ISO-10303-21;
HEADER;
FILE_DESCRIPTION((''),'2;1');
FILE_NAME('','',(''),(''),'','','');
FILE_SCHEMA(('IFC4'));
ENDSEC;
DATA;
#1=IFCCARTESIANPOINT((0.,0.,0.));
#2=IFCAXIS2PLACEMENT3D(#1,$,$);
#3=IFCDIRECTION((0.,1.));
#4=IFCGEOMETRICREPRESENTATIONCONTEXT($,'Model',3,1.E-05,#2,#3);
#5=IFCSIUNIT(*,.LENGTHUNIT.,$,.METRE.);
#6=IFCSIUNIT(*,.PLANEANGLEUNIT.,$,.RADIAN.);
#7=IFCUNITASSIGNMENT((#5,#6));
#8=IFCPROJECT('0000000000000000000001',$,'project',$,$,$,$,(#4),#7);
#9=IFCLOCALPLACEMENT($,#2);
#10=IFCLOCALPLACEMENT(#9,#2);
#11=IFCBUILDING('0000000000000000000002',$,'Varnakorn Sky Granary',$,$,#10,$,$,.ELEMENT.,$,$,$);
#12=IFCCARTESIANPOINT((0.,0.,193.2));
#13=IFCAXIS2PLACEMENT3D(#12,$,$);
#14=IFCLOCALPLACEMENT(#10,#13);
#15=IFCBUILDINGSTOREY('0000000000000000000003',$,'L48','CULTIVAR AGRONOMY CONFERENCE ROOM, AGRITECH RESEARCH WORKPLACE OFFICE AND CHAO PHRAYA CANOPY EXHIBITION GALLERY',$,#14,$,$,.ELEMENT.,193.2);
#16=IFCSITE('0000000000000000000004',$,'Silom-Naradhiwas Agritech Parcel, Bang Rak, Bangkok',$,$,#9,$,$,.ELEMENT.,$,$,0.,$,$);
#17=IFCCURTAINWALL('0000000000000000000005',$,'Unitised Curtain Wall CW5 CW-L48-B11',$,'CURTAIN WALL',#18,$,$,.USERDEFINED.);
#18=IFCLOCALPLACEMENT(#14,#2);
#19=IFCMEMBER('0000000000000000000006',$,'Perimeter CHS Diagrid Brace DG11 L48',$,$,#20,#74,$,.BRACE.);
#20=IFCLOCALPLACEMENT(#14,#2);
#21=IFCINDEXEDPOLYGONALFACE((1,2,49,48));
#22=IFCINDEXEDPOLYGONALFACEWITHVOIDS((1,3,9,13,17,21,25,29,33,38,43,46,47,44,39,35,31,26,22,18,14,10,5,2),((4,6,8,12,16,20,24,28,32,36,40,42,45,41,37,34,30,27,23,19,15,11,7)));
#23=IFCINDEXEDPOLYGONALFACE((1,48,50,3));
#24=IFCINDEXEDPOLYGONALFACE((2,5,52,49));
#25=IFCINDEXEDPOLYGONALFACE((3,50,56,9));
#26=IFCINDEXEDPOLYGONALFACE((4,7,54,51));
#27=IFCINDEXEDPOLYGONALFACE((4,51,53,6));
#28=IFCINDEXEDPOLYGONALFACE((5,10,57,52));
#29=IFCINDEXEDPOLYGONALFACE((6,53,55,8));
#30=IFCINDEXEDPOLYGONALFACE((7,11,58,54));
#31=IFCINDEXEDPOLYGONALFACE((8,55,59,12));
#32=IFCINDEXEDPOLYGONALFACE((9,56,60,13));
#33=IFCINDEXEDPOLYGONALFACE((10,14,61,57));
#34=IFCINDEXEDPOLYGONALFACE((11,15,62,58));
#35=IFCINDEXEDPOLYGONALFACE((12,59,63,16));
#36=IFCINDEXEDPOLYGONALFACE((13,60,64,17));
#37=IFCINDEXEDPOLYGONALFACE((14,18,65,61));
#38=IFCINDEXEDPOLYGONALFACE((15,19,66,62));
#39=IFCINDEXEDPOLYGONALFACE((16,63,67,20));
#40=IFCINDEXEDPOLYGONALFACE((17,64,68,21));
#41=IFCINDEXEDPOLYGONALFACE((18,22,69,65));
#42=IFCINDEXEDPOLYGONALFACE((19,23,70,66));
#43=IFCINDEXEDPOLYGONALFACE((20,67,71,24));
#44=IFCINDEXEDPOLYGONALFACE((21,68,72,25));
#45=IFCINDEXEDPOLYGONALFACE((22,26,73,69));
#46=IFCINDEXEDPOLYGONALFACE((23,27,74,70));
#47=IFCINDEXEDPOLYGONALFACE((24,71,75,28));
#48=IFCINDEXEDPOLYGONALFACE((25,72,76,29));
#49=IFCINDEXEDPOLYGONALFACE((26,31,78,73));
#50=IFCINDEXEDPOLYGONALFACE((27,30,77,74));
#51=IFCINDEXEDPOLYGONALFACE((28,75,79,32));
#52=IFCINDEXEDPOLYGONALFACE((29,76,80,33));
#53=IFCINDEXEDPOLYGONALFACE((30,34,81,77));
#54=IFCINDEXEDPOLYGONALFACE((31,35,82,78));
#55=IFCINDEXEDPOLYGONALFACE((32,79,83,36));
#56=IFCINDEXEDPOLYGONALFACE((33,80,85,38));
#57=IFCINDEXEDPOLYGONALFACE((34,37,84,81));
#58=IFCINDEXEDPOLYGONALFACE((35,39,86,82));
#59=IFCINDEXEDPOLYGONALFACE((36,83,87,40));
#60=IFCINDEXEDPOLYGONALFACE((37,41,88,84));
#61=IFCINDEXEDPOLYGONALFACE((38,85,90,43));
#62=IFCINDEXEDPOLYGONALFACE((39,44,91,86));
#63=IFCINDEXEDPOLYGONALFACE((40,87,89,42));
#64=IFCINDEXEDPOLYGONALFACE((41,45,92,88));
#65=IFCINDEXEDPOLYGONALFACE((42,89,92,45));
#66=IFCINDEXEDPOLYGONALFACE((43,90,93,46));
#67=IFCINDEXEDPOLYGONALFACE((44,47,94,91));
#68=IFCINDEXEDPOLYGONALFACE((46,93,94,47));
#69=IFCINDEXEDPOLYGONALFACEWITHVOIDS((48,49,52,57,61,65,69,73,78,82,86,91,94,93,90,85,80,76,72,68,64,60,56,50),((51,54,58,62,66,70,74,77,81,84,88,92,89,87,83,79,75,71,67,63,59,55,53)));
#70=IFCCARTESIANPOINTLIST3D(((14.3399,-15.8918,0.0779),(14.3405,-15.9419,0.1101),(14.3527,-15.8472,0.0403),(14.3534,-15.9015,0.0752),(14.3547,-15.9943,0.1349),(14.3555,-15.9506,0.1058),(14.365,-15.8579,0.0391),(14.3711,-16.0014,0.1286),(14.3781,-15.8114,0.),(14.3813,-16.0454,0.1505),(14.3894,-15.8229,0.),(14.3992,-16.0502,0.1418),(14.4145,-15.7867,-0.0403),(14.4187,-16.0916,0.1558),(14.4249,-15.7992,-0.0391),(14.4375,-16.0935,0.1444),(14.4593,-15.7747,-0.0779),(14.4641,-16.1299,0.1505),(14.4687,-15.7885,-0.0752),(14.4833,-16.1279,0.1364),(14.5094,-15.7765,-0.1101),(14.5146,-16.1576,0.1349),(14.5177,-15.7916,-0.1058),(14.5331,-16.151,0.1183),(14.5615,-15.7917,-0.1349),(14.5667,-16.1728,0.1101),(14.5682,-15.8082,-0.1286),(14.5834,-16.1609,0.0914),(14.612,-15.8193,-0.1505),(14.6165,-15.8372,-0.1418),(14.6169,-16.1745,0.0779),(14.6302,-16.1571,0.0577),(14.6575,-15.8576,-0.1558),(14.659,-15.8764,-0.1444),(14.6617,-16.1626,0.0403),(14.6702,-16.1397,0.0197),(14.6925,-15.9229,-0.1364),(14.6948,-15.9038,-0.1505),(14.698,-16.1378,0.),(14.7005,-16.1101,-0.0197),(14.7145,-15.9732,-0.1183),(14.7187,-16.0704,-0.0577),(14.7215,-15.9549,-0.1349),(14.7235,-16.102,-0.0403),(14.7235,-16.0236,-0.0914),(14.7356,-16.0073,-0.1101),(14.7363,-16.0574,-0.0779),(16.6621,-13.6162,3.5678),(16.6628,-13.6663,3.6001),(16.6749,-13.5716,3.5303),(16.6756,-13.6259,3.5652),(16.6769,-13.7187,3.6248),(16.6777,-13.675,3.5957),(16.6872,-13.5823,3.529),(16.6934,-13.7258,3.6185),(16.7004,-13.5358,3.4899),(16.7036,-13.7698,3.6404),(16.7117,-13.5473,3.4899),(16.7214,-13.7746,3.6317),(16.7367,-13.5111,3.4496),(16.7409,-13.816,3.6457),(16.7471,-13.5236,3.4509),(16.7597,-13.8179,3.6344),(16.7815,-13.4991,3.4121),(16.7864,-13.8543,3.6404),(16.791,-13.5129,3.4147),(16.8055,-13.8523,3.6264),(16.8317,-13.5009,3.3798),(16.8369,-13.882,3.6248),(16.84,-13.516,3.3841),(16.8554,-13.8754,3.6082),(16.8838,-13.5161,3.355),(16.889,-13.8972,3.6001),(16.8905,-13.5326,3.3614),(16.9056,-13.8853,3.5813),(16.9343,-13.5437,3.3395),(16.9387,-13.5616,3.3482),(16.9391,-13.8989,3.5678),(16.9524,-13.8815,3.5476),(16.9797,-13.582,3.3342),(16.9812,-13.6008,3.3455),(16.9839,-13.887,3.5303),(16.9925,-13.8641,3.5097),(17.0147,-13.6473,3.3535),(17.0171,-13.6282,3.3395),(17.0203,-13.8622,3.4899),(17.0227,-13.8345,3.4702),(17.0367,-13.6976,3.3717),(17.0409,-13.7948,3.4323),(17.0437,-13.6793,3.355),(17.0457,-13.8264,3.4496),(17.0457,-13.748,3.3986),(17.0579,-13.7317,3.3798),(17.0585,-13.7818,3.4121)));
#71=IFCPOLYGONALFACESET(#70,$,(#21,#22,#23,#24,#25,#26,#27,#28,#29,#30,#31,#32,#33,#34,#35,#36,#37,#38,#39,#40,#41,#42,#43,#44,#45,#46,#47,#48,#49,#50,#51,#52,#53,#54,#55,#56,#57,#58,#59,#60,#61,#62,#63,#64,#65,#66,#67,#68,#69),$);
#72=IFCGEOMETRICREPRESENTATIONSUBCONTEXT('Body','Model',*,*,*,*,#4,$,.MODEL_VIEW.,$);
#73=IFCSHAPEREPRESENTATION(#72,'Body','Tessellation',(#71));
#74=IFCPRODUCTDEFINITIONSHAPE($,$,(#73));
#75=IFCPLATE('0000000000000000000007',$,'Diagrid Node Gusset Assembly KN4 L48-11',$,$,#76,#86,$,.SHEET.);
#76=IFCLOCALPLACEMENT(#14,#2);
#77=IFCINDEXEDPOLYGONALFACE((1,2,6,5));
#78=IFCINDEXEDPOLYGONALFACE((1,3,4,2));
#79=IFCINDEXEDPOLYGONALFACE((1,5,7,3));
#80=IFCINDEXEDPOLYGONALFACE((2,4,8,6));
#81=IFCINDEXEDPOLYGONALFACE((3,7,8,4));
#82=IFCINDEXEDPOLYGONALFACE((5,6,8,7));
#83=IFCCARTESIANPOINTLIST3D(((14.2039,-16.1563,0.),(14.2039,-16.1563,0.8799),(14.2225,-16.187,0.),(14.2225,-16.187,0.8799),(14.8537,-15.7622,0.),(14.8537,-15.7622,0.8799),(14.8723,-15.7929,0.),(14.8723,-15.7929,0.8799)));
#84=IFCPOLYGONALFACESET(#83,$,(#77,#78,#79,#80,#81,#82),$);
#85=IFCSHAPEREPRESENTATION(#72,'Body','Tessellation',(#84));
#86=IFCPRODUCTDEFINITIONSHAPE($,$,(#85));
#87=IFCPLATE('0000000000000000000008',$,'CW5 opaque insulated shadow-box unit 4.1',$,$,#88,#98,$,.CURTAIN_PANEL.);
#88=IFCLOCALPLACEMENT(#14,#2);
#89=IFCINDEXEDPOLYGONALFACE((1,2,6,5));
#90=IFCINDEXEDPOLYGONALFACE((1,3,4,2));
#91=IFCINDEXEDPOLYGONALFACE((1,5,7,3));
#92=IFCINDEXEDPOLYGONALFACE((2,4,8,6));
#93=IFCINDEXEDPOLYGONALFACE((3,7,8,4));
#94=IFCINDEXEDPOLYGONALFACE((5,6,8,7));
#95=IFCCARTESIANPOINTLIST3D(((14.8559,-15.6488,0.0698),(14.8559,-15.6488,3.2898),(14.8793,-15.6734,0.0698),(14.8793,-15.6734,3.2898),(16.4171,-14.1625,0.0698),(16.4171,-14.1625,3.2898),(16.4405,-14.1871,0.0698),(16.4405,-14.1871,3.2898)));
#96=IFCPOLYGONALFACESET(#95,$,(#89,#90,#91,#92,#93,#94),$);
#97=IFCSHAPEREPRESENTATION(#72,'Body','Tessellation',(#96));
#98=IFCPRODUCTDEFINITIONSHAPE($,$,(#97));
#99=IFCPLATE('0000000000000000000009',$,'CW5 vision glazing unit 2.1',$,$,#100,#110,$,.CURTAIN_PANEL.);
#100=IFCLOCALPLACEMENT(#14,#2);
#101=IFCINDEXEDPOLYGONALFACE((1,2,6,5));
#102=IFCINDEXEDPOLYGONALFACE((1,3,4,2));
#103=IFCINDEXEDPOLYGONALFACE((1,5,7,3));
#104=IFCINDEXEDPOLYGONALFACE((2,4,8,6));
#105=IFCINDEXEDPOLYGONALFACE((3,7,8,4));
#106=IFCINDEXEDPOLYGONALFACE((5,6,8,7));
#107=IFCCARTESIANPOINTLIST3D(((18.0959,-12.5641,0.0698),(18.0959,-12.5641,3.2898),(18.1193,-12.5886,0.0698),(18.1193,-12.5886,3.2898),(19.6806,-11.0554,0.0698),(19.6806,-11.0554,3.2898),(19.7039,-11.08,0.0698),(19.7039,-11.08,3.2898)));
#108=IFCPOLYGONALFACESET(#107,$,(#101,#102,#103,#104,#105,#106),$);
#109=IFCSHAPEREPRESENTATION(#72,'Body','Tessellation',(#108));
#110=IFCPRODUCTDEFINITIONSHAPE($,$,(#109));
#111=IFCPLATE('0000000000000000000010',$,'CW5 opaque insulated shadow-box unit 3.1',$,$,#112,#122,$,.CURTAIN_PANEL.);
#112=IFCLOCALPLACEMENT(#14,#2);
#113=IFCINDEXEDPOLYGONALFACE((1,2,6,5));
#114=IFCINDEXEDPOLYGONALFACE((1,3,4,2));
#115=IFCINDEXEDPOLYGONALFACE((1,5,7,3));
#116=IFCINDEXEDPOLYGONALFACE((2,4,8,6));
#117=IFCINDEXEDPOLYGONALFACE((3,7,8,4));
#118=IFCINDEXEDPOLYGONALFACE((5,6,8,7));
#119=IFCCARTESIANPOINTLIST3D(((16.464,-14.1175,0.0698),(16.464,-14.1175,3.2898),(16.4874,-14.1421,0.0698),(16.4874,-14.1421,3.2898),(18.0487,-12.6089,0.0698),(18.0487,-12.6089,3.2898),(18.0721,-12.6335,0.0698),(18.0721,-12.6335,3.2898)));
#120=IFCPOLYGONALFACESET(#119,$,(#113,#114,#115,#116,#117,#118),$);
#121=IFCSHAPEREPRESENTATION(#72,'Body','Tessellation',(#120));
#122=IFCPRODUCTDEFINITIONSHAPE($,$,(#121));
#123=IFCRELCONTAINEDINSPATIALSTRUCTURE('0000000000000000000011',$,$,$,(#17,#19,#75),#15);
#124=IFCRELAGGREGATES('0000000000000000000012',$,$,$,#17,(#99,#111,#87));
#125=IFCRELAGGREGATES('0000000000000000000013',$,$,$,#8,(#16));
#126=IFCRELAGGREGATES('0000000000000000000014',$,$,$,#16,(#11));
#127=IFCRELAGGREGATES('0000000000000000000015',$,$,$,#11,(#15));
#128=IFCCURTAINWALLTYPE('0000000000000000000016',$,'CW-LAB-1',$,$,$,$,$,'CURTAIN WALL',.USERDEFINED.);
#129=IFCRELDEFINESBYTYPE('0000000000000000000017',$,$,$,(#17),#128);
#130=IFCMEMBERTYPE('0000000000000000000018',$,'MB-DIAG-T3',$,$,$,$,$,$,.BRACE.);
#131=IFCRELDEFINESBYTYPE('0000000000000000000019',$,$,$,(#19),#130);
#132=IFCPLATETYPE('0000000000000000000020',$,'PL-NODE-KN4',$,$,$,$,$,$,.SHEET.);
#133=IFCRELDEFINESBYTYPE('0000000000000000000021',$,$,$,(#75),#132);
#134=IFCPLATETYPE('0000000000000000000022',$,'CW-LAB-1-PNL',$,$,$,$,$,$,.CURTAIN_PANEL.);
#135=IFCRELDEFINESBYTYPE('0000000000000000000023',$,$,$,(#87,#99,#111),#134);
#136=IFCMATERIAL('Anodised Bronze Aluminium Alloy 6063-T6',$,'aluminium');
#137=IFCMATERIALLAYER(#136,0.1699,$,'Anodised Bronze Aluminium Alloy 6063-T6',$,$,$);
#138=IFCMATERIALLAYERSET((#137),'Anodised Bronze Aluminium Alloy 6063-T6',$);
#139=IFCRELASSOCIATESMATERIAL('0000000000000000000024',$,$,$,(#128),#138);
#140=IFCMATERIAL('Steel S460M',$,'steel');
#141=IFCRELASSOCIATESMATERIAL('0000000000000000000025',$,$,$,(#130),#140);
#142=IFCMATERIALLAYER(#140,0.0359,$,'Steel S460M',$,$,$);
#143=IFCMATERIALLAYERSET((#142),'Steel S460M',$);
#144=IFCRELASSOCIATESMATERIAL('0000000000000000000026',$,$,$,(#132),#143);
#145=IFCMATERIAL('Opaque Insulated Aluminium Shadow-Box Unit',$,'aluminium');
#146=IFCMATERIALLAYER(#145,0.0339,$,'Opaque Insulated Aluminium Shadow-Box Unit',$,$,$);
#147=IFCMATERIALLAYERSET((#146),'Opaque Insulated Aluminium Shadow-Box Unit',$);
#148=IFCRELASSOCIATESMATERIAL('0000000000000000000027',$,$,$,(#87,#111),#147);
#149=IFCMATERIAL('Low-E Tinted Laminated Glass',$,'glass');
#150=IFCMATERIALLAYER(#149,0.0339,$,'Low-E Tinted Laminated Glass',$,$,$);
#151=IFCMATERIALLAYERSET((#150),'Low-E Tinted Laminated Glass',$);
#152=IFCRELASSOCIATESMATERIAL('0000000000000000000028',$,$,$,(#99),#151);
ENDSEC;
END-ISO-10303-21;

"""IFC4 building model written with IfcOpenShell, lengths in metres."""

from ifc_helpers import new_model, si_unit, direction, frame, origin, origin_2d, place, context, subcontext, project, spatial, rectangle, hollow_circle, extrude, source, transform, mapped, material, layer, layer_set, material_profile, profile_set, type_object, type_shapes, element, aggregate, save


model = new_model("IFC4")

# Units and contexts
model_context = context("Model", 3, precision=1e-05, world=origin(), true_north=direction((0.0, 1.0)))
body_context = subcontext(model_context, "Body", "Model", "MODEL_VIEW")
ifc_project = project(units=[si_unit("LENGTHUNIT", "METRE"), si_unit("PLANEANGLEUNIT", "RADIAN")], contexts=[model_context])

# Site, building, storey
site_placement = place(None, origin())
site = spatial("IfcSite", under=ifc_project, at=site_placement, Name="Silom-Naradhiwas Agritech Parcel, Bang Rak, Bangkok", CompositionType="ELEMENT", RefElevation=0.0)
building_placement = place(site_placement, origin())
building = spatial("IfcBuilding", under=site, at=building_placement, Name="Varnakorn Sky Granary", CompositionType="ELEMENT")
storey_placement = place(building_placement, frame((0.0, 0.0, 193.2)))
storey = spatial("IfcBuildingStorey", under=building, at=storey_placement, Name="L48", Description="CULTIVAR AGRONOMY CONFERENCE ROOM, AGRITECH RESEARCH WORKPLACE OFFICE AND CHAO PHRAYA CANOPY EXHIBITION GALLERY", CompositionType="ELEMENT", Elevation=193.2)

# Shared definitions
ifc_material_1 = material(Name="Steel S460M", Category="steel")

# Shared definitions
ifc_material_2 = material(Name="Anodised Bronze Aluminium Alloy 6063-T6", Category="aluminium")
ifc_layer_1 = layer(ifc_material_2, 0.1699, Name="Anodised Bronze Aluminium Alloy 6063-T6")
ifc_layer_set_1 = layer_set([ifc_layer_1], Name="Anodised Bronze Aluminium Alloy 6063-T6")
curtain_wall_type = type_object("IfcCurtainWallType", Name="CW-LAB-1", ElementType="CURTAIN WALL", PredefinedType="USERDEFINED", material=ifc_layer_set_1)

# Curtain wall
curtain_wall_1_placement = place(storey_placement, origin())
curtain_wall_1 = element("IfcCurtainWall", 1, at=curtain_wall_1_placement, inside=storey, type_object=curtain_wall_type, Name="Unitised Curtain Wall CW5 CW-L48-B11", ObjectType="CURTAIN WALL", PredefinedType="USERDEFINED")

# Member
ifc_material_profile_1 = material_profile(ifc_material_1, hollow_circle(Radius=0.2285, WallThickness=0.0161, at=origin_2d()), Name="CHS 457x16")
ifc_profile_set_1 = profile_set([ifc_material_profile_1], Name="Steel S460M")
member_type_1 = type_object("IfcMemberType", Name="MB-DIAG-T3", PredefinedType="BRACE", material=ifc_profile_set_1)
member_1_placement = place(storey_placement, frame((14.5381, -15.9746, 0.0), z_axis=(0.486864, 0.477087, 0.731677), x_axis=(-0.699899, 0.714241, 0.0)))
element("IfcMember", 2, at=member_1_placement, inside=storey, type_object=member_type_1, Name="Perimeter CHS Diagrid Brace DG11 L48", PredefinedType="BRACE", context=body_context, shape_type="SweptSolid", body=[
    extrude(hollow_circle(Radius=0.2285, WallThickness=0.0161, at=origin_2d()), origin(), (0.0, 0.0, 1.0), 4.7698),
])

# Plates
ifc_layer_2 = layer(ifc_material_1, 0.0359, Name="Steel S460M")
ifc_layer_set_2 = layer_set([ifc_layer_2], Name="Steel S460M")
plate_type_1 = type_object("IfcPlateType", Name="PL-NODE-KN4", PredefinedType="SHEET", material=ifc_layer_set_2)
plate_1_placement = place(storey_placement, frame((14.5381, -15.9746, 0.0), z_axis=(0.0, 0.0, 1.0), x_axis=(0.855047, 0.518551, 0.0)))
element("IfcPlate", 3, at=plate_1_placement, inside=storey, type_object=plate_type_1, Name="Diagrid Node Gusset Assembly KN4 L48-11", PredefinedType="SHEET", context=body_context, shape_type="SweptSolid", body=[
    extrude(rectangle(XDim=0.76, YDim=0.0359, at=origin_2d()), origin(), (0.0, 0.0, 1.0), 0.8799),
])
ifc_material_3 = material(Name="Opaque Insulated Aluminium Shadow-Box Unit", Category="aluminium")
ifc_layer_3 = layer(ifc_material_3, 0.0339, Name="Opaque Insulated Aluminium Shadow-Box Unit")
ifc_layer_set_3 = layer_set([ifc_layer_3], Name="Opaque Insulated Aluminium Shadow-Box Unit")
plate_type_2 = type_object("IfcPlateType", Name="CW-LAB-1-PNL", PredefinedType="CURTAIN_PANEL")
shared_shape_1 = source(origin(), body_context, "Body", "SweptSolid", [
    extrude(rectangle(XDim=2.1555, YDim=0.0339, at=origin_2d()), origin(), (0.0, 0.0, 1.0), 3.22),
])
plate_2_placement = place(storey_placement, frame((15.6482, -14.918, 0.0698), z_axis=(0.0, 0.0, 1.0), x_axis=(-0.72427, -0.689516, 0.0)))
plate_2 = element("IfcPlate", 4, at=plate_2_placement, type_object=plate_type_2, material=ifc_layer_set_3, Name="CW5 opaque insulated shadow-box unit 4.1", PredefinedType="CURTAIN_PANEL", context=body_context, shape_type="MappedRepresentation", body=[
    mapped(shared_shape_1, transform((0.0, 0.0, 0.0), x_axis=(1.0, 0.0, 0.0), y_axis=(0.0, 1.0, 0.0), z_axis=(0.0, 0.0, 1.0), scale=1.0)),
])
ifc_material_4 = material(Name="Low-E Tinted Laminated Glass", Category="glass")
ifc_layer_4 = layer(ifc_material_4, 0.0339, Name="Low-E Tinted Laminated Glass")
ifc_layer_set_4 = layer_set([ifc_layer_4], Name="Low-E Tinted Laminated Glass")
shared_shape_2 = source(origin(), body_context, "Body", "SweptSolid", [
    extrude(rectangle(XDim=2.188, YDim=0.0339, at=origin_2d()), origin(), (0.0, 0.0, 1.0), 3.22),
])
type_shapes(plate_type_2, [shared_shape_1, shared_shape_2])
plate_3_placement = place(storey_placement, frame((18.8999, -11.822, 0.0698), z_axis=(0.0, 0.0, 1.0), x_axis=(-0.72427, -0.689516, 0.0)))
plate_3 = element("IfcPlate", 5, at=plate_3_placement, type_object=plate_type_2, material=ifc_layer_set_4, Name="CW5 vision glazing unit 2.1", PredefinedType="CURTAIN_PANEL", context=body_context, shape_type="MappedRepresentation", body=[
    mapped(shared_shape_2, transform((0.0, 0.0, 0.0), x_axis=(1.0, 0.0, 0.0), y_axis=(0.0, 1.0, 0.0), z_axis=(0.0, 0.0, 1.0), scale=1.0)),
])
plate_4_placement = place(storey_placement, frame((17.2681, -13.3755, 0.0698), z_axis=(0.0, 0.0, 1.0), x_axis=(-0.72427, -0.689516, 0.0)))
plate_4 = element("IfcPlate", 6, at=plate_4_placement, type_object=plate_type_2, material=ifc_layer_set_3, Name="CW5 opaque insulated shadow-box unit 3.1", PredefinedType="CURTAIN_PANEL", context=body_context, shape_type="MappedRepresentation", body=[
    mapped(shared_shape_2, transform((0.0, 0.0, 0.0), x_axis=(1.0, 0.0, 0.0), y_axis=(0.0, 1.0, 0.0), z_axis=(0.0, 0.0, 1.0), scale=1.0)),
])
aggregate(curtain_wall_1, [plate_3, plate_4, plate_2])

save(model, "model.ifc")
